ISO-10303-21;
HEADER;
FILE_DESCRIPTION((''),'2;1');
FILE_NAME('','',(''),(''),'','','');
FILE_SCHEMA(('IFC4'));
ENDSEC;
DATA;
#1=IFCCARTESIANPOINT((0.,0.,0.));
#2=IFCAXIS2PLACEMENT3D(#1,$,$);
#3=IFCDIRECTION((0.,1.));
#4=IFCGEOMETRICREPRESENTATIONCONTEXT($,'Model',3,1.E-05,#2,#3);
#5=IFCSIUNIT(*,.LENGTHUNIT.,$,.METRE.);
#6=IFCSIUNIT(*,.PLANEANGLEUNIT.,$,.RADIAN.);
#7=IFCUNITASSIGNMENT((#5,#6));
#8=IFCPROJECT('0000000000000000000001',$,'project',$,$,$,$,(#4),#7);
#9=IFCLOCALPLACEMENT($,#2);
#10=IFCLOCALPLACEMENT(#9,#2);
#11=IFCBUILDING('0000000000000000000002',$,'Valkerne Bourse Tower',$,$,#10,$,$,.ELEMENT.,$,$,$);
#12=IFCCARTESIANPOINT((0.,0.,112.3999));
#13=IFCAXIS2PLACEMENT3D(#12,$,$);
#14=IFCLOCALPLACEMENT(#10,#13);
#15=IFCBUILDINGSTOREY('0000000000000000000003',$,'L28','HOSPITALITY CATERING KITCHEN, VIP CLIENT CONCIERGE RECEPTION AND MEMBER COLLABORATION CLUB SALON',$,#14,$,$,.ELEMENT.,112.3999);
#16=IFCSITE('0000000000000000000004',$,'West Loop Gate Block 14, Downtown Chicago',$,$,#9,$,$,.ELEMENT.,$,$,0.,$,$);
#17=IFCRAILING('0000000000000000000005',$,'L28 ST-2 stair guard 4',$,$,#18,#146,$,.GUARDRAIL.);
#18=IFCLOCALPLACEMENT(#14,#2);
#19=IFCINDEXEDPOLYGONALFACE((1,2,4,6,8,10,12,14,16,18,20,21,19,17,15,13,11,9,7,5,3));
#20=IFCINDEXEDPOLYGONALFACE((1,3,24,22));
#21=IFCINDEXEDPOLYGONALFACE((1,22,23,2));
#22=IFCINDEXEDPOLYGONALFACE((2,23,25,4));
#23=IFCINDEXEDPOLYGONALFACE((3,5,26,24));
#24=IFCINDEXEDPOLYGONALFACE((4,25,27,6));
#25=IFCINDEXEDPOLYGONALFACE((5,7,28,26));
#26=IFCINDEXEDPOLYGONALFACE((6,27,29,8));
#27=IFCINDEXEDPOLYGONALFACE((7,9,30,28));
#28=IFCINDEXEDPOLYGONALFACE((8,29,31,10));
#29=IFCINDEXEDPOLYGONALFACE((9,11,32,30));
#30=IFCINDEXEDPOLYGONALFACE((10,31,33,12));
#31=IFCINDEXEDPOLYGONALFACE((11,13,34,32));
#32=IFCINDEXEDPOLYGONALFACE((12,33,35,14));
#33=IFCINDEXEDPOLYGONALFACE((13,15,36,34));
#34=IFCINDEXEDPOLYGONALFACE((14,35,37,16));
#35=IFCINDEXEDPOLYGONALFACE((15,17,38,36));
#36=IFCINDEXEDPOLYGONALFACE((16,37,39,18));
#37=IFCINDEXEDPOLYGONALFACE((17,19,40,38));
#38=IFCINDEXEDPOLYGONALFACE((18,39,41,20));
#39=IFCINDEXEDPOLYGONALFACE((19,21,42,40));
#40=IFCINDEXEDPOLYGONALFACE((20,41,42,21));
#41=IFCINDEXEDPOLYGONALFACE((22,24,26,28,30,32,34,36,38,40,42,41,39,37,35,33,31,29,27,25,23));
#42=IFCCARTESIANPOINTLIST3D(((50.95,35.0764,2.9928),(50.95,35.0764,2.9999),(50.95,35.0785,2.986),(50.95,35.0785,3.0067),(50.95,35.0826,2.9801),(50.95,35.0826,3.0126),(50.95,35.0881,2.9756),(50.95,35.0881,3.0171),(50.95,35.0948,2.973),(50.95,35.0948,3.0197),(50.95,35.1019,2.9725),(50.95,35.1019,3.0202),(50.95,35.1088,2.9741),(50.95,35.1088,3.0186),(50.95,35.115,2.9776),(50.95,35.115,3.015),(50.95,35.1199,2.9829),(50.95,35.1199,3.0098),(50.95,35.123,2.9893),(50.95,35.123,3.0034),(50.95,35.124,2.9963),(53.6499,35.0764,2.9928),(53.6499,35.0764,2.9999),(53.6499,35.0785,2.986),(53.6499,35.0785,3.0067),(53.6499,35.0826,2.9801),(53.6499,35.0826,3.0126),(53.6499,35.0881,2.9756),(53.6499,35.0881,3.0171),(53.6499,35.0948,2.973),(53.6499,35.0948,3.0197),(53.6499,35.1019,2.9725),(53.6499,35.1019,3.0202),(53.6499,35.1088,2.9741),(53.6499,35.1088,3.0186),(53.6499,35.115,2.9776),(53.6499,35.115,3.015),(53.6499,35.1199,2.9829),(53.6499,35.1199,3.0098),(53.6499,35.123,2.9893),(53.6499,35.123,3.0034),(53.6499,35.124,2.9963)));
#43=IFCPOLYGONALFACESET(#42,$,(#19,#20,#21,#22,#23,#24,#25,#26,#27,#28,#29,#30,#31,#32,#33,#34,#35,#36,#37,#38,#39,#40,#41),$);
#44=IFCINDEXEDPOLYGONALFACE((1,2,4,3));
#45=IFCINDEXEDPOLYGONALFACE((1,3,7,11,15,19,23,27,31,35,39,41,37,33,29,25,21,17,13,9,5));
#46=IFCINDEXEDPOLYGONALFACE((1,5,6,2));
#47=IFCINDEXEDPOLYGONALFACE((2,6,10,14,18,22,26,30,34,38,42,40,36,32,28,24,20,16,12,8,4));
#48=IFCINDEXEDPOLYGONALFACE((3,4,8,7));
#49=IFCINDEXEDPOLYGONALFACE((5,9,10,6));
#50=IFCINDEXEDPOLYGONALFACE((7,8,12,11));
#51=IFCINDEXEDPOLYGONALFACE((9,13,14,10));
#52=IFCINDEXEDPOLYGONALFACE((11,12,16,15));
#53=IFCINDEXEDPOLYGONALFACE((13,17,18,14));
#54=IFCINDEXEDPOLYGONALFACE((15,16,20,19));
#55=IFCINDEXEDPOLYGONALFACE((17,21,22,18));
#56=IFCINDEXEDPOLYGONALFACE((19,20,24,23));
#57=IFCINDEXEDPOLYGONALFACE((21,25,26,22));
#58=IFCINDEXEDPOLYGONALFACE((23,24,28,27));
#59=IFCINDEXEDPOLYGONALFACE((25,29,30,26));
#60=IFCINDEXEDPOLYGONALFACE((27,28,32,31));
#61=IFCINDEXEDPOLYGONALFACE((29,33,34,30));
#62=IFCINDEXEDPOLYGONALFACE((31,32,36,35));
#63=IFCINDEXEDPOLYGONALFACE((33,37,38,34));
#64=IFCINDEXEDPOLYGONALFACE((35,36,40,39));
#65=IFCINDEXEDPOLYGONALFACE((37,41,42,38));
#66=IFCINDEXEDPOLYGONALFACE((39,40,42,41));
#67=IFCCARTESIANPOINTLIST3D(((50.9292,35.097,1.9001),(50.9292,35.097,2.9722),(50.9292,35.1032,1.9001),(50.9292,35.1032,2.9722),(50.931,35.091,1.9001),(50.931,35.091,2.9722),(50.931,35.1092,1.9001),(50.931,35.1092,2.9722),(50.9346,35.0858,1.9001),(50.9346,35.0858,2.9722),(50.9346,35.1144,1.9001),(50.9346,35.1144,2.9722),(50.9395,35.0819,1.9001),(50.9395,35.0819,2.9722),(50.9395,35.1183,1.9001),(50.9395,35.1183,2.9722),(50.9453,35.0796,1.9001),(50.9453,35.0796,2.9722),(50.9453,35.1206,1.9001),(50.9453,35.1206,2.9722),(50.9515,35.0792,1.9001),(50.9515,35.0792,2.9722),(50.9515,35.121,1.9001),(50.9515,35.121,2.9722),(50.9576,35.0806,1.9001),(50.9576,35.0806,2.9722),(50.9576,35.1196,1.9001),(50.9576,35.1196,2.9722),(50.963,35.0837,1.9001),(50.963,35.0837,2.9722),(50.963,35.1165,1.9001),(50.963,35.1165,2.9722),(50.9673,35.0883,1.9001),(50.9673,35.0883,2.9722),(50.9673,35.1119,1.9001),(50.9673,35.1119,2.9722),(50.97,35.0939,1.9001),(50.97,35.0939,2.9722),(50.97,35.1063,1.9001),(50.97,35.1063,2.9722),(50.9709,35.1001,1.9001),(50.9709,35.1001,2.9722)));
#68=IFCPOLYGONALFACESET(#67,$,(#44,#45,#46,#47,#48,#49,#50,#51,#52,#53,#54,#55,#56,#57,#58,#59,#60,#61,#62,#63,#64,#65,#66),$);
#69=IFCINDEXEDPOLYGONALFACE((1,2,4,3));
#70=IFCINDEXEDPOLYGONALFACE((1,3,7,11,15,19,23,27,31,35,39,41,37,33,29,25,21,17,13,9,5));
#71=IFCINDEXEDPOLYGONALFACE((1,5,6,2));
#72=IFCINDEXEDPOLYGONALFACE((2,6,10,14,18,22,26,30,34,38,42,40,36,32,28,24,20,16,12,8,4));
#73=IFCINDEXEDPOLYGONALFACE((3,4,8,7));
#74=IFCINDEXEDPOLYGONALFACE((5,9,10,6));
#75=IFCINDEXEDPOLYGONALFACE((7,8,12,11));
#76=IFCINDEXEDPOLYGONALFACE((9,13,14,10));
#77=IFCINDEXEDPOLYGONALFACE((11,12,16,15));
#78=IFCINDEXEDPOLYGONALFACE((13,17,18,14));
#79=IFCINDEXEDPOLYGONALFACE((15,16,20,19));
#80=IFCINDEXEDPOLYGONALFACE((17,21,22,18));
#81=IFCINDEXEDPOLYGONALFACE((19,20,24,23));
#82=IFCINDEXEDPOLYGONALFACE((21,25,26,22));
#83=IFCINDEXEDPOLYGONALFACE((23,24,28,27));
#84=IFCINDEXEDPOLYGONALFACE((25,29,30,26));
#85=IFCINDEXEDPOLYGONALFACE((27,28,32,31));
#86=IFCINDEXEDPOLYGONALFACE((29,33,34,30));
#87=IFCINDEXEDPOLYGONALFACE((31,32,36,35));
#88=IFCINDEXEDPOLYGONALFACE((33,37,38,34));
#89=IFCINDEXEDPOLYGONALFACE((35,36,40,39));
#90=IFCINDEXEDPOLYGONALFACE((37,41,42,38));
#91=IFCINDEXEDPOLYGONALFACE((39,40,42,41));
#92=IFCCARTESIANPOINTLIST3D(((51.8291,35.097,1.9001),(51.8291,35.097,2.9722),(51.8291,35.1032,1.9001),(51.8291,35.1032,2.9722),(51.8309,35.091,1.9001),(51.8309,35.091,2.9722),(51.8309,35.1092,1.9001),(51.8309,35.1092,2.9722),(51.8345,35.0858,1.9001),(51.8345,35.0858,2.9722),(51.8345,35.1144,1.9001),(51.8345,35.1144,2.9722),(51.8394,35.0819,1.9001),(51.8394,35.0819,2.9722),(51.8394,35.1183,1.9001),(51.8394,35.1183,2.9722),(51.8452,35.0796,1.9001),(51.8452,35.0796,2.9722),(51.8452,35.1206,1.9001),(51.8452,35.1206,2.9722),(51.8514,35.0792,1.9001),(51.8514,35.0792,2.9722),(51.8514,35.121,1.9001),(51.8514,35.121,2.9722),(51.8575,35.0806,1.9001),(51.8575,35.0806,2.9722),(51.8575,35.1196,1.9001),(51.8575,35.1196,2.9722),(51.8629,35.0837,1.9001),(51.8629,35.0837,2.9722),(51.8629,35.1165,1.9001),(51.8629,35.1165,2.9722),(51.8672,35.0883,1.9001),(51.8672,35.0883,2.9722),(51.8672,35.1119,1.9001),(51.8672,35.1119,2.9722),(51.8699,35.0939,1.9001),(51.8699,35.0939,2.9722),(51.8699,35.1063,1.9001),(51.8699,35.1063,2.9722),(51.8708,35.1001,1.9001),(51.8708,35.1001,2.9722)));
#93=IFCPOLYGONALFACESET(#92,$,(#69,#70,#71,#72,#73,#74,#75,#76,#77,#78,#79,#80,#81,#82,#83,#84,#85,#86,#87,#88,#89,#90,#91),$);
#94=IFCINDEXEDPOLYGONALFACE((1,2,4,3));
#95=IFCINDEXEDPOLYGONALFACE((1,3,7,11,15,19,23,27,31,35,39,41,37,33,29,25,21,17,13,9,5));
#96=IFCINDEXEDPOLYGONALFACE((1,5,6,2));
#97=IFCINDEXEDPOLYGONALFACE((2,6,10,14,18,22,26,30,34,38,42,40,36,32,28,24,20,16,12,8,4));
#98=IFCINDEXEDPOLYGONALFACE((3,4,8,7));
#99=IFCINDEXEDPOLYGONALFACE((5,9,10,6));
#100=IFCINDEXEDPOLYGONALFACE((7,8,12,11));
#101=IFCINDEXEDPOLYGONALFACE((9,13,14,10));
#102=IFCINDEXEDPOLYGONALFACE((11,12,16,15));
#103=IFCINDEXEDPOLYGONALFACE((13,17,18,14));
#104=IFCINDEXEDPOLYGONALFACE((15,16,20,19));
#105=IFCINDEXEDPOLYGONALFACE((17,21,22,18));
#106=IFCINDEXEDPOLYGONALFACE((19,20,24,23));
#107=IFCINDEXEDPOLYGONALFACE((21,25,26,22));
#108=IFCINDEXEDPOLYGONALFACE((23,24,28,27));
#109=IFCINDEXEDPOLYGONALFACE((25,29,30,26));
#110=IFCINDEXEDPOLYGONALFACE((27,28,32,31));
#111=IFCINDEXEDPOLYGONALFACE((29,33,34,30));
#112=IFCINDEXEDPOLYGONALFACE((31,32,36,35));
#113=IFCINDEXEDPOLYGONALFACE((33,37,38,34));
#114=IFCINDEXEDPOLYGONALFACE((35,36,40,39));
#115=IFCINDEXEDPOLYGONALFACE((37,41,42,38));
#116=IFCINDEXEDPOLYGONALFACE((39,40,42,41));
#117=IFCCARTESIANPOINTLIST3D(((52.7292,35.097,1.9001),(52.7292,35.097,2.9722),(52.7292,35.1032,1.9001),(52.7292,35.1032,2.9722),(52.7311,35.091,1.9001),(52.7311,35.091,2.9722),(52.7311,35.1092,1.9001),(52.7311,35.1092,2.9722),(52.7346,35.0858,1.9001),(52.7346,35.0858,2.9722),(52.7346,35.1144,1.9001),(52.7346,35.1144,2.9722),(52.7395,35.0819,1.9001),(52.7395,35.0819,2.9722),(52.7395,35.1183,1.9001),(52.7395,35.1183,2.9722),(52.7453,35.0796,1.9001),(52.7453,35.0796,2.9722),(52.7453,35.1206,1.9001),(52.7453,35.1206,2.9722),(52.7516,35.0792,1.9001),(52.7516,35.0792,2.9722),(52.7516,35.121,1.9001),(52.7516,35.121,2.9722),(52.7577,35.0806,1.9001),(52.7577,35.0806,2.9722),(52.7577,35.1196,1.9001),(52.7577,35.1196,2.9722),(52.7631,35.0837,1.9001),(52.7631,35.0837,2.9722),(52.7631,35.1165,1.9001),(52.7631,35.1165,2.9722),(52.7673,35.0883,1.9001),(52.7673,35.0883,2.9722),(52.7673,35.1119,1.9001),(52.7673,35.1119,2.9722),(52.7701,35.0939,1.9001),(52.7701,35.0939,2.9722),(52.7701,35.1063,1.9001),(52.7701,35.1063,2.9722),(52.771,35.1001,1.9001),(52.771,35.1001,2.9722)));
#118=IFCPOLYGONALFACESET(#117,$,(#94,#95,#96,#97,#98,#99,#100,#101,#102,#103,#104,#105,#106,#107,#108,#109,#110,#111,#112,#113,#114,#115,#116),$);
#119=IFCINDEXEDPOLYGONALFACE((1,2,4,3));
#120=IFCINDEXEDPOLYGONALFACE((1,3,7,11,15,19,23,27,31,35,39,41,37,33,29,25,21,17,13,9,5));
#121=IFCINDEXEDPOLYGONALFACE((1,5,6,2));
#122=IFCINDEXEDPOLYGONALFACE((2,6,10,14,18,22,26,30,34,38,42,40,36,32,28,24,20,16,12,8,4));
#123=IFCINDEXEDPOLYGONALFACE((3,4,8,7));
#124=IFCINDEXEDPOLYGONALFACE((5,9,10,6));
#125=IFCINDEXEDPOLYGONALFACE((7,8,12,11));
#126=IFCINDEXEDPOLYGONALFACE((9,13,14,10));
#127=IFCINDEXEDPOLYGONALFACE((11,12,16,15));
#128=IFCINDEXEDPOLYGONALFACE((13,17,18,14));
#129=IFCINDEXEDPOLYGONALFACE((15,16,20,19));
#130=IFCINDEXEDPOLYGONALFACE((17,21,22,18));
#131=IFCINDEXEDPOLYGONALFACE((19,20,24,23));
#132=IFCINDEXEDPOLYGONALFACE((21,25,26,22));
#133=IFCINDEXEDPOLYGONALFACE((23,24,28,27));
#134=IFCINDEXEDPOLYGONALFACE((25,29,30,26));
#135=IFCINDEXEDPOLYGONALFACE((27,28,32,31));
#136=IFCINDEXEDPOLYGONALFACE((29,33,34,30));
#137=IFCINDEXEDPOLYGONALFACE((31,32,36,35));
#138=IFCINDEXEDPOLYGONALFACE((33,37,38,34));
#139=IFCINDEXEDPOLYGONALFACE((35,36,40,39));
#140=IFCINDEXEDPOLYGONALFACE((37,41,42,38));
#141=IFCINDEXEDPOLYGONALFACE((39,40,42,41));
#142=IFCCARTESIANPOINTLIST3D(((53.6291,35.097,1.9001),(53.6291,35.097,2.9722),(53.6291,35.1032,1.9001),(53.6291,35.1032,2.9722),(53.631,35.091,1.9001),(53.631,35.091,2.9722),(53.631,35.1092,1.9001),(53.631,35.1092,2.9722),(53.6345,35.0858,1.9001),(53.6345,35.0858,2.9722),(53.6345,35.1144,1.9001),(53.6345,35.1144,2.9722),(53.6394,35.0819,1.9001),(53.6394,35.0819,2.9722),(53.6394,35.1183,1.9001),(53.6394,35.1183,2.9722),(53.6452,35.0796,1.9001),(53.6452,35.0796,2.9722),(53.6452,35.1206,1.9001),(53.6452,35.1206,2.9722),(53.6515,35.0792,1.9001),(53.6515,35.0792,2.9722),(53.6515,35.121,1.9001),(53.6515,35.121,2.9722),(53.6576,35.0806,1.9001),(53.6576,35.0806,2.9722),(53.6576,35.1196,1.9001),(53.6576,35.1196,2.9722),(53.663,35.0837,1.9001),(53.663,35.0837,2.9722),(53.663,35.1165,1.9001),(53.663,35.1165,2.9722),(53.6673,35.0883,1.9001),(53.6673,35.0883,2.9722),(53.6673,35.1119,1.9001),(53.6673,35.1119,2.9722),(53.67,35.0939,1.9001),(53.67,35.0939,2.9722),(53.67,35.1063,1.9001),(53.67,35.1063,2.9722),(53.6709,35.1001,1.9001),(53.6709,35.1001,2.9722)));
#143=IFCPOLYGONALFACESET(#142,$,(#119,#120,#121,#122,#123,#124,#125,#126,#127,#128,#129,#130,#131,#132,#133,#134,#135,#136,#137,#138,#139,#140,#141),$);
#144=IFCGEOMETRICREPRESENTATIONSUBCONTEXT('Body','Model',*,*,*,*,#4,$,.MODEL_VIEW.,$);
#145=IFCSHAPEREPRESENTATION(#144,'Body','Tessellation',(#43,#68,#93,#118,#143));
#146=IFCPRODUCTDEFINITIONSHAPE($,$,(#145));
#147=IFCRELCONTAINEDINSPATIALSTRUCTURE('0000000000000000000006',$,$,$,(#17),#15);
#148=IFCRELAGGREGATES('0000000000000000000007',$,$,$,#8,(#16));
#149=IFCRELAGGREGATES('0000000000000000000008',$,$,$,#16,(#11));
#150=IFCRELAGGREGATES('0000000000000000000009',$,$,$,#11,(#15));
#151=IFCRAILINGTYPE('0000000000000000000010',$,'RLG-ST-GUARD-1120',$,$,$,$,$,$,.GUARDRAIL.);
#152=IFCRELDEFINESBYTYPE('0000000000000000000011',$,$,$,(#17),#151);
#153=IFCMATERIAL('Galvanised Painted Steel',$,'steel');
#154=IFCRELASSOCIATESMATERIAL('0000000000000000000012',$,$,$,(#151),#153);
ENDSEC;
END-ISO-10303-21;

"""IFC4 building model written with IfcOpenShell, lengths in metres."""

from ifc_helpers import new_model, si_unit, direction, frame, origin, origin_2d, place, context, subcontext, project, spatial, circle, extrude, material, type_object, element, save


model = new_model("IFC4")

# Units and contexts
model_context = context("Model", 3, precision=1e-05, world=origin(), true_north=direction((0.0, 1.0)))
body_context = subcontext(model_context, "Body", "Model", "MODEL_VIEW")
ifc_project = project(units=[si_unit("LENGTHUNIT", "METRE"), si_unit("PLANEANGLEUNIT", "RADIAN")], contexts=[model_context])

# Site, building, storey
site_placement = place(None, origin())
site = spatial("IfcSite", under=ifc_project, at=site_placement, Name="West Loop Gate Block 14, Downtown Chicago", CompositionType="ELEMENT", RefElevation=0.0)
building_placement = place(site_placement, origin())
building = spatial("IfcBuilding", under=site, at=building_placement, Name="Valkerne Bourse Tower", CompositionType="ELEMENT")
storey_placement = place(building_placement, frame((0.0, 0.0, 112.3999)))
storey = spatial("IfcBuildingStorey", under=building, at=storey_placement, Name="L28", Description="HOSPITALITY CATERING KITCHEN, VIP CLIENT CONCIERGE RECEPTION AND MEMBER COLLABORATION CLUB SALON", CompositionType="ELEMENT", Elevation=112.3999)

# Railing
ifc_material_1 = material(Name="Galvanised Painted Steel", Category="steel")
railing_type_1 = type_object("IfcRailingType", Name="RLG-ST-GUARD-1120", PredefinedType="GUARDRAIL", material=ifc_material_1)
for number, where, name in (
    (1, (50.95, 35.1001, 1.9001), "L28 ST-2 stair guard 4"),
):
    element("IfcRailing", number, at=place(storey_placement, frame(where)), inside=storey, type_object=railing_type_1, Name=name, PredefinedType="GUARDRAIL", context=body_context, shape_type="SweptSolid", body=[
        extrude(circle(Radius=0.0239, at=origin_2d()), frame((0.0, 0.0, 1.0962), z_axis=(1.0, 0.0, 0.0), x_axis=(0.0, 1.0, 0.0)), (0.0, 0.0, 1.0), 2.7),
        extrude(circle(Radius=0.021, at=origin_2d()), origin(), (0.0, 0.0, 1.0), 1.072),
        extrude(circle(Radius=0.021, at=origin_2d()), frame((0.8999, 0.0, 0.0)), (0.0, 0.0, 1.0), 1.072),
        extrude(circle(Radius=0.021, at=origin_2d()), frame((1.8, 0.0, 0.0)), (0.0, 0.0, 1.0), 1.072),
        extrude(circle(Radius=0.021, at=origin_2d()), frame((2.7, 0.0, 0.0)), (0.0, 0.0, 1.0), 1.072),
    ])

save(model, "model.ifc")
